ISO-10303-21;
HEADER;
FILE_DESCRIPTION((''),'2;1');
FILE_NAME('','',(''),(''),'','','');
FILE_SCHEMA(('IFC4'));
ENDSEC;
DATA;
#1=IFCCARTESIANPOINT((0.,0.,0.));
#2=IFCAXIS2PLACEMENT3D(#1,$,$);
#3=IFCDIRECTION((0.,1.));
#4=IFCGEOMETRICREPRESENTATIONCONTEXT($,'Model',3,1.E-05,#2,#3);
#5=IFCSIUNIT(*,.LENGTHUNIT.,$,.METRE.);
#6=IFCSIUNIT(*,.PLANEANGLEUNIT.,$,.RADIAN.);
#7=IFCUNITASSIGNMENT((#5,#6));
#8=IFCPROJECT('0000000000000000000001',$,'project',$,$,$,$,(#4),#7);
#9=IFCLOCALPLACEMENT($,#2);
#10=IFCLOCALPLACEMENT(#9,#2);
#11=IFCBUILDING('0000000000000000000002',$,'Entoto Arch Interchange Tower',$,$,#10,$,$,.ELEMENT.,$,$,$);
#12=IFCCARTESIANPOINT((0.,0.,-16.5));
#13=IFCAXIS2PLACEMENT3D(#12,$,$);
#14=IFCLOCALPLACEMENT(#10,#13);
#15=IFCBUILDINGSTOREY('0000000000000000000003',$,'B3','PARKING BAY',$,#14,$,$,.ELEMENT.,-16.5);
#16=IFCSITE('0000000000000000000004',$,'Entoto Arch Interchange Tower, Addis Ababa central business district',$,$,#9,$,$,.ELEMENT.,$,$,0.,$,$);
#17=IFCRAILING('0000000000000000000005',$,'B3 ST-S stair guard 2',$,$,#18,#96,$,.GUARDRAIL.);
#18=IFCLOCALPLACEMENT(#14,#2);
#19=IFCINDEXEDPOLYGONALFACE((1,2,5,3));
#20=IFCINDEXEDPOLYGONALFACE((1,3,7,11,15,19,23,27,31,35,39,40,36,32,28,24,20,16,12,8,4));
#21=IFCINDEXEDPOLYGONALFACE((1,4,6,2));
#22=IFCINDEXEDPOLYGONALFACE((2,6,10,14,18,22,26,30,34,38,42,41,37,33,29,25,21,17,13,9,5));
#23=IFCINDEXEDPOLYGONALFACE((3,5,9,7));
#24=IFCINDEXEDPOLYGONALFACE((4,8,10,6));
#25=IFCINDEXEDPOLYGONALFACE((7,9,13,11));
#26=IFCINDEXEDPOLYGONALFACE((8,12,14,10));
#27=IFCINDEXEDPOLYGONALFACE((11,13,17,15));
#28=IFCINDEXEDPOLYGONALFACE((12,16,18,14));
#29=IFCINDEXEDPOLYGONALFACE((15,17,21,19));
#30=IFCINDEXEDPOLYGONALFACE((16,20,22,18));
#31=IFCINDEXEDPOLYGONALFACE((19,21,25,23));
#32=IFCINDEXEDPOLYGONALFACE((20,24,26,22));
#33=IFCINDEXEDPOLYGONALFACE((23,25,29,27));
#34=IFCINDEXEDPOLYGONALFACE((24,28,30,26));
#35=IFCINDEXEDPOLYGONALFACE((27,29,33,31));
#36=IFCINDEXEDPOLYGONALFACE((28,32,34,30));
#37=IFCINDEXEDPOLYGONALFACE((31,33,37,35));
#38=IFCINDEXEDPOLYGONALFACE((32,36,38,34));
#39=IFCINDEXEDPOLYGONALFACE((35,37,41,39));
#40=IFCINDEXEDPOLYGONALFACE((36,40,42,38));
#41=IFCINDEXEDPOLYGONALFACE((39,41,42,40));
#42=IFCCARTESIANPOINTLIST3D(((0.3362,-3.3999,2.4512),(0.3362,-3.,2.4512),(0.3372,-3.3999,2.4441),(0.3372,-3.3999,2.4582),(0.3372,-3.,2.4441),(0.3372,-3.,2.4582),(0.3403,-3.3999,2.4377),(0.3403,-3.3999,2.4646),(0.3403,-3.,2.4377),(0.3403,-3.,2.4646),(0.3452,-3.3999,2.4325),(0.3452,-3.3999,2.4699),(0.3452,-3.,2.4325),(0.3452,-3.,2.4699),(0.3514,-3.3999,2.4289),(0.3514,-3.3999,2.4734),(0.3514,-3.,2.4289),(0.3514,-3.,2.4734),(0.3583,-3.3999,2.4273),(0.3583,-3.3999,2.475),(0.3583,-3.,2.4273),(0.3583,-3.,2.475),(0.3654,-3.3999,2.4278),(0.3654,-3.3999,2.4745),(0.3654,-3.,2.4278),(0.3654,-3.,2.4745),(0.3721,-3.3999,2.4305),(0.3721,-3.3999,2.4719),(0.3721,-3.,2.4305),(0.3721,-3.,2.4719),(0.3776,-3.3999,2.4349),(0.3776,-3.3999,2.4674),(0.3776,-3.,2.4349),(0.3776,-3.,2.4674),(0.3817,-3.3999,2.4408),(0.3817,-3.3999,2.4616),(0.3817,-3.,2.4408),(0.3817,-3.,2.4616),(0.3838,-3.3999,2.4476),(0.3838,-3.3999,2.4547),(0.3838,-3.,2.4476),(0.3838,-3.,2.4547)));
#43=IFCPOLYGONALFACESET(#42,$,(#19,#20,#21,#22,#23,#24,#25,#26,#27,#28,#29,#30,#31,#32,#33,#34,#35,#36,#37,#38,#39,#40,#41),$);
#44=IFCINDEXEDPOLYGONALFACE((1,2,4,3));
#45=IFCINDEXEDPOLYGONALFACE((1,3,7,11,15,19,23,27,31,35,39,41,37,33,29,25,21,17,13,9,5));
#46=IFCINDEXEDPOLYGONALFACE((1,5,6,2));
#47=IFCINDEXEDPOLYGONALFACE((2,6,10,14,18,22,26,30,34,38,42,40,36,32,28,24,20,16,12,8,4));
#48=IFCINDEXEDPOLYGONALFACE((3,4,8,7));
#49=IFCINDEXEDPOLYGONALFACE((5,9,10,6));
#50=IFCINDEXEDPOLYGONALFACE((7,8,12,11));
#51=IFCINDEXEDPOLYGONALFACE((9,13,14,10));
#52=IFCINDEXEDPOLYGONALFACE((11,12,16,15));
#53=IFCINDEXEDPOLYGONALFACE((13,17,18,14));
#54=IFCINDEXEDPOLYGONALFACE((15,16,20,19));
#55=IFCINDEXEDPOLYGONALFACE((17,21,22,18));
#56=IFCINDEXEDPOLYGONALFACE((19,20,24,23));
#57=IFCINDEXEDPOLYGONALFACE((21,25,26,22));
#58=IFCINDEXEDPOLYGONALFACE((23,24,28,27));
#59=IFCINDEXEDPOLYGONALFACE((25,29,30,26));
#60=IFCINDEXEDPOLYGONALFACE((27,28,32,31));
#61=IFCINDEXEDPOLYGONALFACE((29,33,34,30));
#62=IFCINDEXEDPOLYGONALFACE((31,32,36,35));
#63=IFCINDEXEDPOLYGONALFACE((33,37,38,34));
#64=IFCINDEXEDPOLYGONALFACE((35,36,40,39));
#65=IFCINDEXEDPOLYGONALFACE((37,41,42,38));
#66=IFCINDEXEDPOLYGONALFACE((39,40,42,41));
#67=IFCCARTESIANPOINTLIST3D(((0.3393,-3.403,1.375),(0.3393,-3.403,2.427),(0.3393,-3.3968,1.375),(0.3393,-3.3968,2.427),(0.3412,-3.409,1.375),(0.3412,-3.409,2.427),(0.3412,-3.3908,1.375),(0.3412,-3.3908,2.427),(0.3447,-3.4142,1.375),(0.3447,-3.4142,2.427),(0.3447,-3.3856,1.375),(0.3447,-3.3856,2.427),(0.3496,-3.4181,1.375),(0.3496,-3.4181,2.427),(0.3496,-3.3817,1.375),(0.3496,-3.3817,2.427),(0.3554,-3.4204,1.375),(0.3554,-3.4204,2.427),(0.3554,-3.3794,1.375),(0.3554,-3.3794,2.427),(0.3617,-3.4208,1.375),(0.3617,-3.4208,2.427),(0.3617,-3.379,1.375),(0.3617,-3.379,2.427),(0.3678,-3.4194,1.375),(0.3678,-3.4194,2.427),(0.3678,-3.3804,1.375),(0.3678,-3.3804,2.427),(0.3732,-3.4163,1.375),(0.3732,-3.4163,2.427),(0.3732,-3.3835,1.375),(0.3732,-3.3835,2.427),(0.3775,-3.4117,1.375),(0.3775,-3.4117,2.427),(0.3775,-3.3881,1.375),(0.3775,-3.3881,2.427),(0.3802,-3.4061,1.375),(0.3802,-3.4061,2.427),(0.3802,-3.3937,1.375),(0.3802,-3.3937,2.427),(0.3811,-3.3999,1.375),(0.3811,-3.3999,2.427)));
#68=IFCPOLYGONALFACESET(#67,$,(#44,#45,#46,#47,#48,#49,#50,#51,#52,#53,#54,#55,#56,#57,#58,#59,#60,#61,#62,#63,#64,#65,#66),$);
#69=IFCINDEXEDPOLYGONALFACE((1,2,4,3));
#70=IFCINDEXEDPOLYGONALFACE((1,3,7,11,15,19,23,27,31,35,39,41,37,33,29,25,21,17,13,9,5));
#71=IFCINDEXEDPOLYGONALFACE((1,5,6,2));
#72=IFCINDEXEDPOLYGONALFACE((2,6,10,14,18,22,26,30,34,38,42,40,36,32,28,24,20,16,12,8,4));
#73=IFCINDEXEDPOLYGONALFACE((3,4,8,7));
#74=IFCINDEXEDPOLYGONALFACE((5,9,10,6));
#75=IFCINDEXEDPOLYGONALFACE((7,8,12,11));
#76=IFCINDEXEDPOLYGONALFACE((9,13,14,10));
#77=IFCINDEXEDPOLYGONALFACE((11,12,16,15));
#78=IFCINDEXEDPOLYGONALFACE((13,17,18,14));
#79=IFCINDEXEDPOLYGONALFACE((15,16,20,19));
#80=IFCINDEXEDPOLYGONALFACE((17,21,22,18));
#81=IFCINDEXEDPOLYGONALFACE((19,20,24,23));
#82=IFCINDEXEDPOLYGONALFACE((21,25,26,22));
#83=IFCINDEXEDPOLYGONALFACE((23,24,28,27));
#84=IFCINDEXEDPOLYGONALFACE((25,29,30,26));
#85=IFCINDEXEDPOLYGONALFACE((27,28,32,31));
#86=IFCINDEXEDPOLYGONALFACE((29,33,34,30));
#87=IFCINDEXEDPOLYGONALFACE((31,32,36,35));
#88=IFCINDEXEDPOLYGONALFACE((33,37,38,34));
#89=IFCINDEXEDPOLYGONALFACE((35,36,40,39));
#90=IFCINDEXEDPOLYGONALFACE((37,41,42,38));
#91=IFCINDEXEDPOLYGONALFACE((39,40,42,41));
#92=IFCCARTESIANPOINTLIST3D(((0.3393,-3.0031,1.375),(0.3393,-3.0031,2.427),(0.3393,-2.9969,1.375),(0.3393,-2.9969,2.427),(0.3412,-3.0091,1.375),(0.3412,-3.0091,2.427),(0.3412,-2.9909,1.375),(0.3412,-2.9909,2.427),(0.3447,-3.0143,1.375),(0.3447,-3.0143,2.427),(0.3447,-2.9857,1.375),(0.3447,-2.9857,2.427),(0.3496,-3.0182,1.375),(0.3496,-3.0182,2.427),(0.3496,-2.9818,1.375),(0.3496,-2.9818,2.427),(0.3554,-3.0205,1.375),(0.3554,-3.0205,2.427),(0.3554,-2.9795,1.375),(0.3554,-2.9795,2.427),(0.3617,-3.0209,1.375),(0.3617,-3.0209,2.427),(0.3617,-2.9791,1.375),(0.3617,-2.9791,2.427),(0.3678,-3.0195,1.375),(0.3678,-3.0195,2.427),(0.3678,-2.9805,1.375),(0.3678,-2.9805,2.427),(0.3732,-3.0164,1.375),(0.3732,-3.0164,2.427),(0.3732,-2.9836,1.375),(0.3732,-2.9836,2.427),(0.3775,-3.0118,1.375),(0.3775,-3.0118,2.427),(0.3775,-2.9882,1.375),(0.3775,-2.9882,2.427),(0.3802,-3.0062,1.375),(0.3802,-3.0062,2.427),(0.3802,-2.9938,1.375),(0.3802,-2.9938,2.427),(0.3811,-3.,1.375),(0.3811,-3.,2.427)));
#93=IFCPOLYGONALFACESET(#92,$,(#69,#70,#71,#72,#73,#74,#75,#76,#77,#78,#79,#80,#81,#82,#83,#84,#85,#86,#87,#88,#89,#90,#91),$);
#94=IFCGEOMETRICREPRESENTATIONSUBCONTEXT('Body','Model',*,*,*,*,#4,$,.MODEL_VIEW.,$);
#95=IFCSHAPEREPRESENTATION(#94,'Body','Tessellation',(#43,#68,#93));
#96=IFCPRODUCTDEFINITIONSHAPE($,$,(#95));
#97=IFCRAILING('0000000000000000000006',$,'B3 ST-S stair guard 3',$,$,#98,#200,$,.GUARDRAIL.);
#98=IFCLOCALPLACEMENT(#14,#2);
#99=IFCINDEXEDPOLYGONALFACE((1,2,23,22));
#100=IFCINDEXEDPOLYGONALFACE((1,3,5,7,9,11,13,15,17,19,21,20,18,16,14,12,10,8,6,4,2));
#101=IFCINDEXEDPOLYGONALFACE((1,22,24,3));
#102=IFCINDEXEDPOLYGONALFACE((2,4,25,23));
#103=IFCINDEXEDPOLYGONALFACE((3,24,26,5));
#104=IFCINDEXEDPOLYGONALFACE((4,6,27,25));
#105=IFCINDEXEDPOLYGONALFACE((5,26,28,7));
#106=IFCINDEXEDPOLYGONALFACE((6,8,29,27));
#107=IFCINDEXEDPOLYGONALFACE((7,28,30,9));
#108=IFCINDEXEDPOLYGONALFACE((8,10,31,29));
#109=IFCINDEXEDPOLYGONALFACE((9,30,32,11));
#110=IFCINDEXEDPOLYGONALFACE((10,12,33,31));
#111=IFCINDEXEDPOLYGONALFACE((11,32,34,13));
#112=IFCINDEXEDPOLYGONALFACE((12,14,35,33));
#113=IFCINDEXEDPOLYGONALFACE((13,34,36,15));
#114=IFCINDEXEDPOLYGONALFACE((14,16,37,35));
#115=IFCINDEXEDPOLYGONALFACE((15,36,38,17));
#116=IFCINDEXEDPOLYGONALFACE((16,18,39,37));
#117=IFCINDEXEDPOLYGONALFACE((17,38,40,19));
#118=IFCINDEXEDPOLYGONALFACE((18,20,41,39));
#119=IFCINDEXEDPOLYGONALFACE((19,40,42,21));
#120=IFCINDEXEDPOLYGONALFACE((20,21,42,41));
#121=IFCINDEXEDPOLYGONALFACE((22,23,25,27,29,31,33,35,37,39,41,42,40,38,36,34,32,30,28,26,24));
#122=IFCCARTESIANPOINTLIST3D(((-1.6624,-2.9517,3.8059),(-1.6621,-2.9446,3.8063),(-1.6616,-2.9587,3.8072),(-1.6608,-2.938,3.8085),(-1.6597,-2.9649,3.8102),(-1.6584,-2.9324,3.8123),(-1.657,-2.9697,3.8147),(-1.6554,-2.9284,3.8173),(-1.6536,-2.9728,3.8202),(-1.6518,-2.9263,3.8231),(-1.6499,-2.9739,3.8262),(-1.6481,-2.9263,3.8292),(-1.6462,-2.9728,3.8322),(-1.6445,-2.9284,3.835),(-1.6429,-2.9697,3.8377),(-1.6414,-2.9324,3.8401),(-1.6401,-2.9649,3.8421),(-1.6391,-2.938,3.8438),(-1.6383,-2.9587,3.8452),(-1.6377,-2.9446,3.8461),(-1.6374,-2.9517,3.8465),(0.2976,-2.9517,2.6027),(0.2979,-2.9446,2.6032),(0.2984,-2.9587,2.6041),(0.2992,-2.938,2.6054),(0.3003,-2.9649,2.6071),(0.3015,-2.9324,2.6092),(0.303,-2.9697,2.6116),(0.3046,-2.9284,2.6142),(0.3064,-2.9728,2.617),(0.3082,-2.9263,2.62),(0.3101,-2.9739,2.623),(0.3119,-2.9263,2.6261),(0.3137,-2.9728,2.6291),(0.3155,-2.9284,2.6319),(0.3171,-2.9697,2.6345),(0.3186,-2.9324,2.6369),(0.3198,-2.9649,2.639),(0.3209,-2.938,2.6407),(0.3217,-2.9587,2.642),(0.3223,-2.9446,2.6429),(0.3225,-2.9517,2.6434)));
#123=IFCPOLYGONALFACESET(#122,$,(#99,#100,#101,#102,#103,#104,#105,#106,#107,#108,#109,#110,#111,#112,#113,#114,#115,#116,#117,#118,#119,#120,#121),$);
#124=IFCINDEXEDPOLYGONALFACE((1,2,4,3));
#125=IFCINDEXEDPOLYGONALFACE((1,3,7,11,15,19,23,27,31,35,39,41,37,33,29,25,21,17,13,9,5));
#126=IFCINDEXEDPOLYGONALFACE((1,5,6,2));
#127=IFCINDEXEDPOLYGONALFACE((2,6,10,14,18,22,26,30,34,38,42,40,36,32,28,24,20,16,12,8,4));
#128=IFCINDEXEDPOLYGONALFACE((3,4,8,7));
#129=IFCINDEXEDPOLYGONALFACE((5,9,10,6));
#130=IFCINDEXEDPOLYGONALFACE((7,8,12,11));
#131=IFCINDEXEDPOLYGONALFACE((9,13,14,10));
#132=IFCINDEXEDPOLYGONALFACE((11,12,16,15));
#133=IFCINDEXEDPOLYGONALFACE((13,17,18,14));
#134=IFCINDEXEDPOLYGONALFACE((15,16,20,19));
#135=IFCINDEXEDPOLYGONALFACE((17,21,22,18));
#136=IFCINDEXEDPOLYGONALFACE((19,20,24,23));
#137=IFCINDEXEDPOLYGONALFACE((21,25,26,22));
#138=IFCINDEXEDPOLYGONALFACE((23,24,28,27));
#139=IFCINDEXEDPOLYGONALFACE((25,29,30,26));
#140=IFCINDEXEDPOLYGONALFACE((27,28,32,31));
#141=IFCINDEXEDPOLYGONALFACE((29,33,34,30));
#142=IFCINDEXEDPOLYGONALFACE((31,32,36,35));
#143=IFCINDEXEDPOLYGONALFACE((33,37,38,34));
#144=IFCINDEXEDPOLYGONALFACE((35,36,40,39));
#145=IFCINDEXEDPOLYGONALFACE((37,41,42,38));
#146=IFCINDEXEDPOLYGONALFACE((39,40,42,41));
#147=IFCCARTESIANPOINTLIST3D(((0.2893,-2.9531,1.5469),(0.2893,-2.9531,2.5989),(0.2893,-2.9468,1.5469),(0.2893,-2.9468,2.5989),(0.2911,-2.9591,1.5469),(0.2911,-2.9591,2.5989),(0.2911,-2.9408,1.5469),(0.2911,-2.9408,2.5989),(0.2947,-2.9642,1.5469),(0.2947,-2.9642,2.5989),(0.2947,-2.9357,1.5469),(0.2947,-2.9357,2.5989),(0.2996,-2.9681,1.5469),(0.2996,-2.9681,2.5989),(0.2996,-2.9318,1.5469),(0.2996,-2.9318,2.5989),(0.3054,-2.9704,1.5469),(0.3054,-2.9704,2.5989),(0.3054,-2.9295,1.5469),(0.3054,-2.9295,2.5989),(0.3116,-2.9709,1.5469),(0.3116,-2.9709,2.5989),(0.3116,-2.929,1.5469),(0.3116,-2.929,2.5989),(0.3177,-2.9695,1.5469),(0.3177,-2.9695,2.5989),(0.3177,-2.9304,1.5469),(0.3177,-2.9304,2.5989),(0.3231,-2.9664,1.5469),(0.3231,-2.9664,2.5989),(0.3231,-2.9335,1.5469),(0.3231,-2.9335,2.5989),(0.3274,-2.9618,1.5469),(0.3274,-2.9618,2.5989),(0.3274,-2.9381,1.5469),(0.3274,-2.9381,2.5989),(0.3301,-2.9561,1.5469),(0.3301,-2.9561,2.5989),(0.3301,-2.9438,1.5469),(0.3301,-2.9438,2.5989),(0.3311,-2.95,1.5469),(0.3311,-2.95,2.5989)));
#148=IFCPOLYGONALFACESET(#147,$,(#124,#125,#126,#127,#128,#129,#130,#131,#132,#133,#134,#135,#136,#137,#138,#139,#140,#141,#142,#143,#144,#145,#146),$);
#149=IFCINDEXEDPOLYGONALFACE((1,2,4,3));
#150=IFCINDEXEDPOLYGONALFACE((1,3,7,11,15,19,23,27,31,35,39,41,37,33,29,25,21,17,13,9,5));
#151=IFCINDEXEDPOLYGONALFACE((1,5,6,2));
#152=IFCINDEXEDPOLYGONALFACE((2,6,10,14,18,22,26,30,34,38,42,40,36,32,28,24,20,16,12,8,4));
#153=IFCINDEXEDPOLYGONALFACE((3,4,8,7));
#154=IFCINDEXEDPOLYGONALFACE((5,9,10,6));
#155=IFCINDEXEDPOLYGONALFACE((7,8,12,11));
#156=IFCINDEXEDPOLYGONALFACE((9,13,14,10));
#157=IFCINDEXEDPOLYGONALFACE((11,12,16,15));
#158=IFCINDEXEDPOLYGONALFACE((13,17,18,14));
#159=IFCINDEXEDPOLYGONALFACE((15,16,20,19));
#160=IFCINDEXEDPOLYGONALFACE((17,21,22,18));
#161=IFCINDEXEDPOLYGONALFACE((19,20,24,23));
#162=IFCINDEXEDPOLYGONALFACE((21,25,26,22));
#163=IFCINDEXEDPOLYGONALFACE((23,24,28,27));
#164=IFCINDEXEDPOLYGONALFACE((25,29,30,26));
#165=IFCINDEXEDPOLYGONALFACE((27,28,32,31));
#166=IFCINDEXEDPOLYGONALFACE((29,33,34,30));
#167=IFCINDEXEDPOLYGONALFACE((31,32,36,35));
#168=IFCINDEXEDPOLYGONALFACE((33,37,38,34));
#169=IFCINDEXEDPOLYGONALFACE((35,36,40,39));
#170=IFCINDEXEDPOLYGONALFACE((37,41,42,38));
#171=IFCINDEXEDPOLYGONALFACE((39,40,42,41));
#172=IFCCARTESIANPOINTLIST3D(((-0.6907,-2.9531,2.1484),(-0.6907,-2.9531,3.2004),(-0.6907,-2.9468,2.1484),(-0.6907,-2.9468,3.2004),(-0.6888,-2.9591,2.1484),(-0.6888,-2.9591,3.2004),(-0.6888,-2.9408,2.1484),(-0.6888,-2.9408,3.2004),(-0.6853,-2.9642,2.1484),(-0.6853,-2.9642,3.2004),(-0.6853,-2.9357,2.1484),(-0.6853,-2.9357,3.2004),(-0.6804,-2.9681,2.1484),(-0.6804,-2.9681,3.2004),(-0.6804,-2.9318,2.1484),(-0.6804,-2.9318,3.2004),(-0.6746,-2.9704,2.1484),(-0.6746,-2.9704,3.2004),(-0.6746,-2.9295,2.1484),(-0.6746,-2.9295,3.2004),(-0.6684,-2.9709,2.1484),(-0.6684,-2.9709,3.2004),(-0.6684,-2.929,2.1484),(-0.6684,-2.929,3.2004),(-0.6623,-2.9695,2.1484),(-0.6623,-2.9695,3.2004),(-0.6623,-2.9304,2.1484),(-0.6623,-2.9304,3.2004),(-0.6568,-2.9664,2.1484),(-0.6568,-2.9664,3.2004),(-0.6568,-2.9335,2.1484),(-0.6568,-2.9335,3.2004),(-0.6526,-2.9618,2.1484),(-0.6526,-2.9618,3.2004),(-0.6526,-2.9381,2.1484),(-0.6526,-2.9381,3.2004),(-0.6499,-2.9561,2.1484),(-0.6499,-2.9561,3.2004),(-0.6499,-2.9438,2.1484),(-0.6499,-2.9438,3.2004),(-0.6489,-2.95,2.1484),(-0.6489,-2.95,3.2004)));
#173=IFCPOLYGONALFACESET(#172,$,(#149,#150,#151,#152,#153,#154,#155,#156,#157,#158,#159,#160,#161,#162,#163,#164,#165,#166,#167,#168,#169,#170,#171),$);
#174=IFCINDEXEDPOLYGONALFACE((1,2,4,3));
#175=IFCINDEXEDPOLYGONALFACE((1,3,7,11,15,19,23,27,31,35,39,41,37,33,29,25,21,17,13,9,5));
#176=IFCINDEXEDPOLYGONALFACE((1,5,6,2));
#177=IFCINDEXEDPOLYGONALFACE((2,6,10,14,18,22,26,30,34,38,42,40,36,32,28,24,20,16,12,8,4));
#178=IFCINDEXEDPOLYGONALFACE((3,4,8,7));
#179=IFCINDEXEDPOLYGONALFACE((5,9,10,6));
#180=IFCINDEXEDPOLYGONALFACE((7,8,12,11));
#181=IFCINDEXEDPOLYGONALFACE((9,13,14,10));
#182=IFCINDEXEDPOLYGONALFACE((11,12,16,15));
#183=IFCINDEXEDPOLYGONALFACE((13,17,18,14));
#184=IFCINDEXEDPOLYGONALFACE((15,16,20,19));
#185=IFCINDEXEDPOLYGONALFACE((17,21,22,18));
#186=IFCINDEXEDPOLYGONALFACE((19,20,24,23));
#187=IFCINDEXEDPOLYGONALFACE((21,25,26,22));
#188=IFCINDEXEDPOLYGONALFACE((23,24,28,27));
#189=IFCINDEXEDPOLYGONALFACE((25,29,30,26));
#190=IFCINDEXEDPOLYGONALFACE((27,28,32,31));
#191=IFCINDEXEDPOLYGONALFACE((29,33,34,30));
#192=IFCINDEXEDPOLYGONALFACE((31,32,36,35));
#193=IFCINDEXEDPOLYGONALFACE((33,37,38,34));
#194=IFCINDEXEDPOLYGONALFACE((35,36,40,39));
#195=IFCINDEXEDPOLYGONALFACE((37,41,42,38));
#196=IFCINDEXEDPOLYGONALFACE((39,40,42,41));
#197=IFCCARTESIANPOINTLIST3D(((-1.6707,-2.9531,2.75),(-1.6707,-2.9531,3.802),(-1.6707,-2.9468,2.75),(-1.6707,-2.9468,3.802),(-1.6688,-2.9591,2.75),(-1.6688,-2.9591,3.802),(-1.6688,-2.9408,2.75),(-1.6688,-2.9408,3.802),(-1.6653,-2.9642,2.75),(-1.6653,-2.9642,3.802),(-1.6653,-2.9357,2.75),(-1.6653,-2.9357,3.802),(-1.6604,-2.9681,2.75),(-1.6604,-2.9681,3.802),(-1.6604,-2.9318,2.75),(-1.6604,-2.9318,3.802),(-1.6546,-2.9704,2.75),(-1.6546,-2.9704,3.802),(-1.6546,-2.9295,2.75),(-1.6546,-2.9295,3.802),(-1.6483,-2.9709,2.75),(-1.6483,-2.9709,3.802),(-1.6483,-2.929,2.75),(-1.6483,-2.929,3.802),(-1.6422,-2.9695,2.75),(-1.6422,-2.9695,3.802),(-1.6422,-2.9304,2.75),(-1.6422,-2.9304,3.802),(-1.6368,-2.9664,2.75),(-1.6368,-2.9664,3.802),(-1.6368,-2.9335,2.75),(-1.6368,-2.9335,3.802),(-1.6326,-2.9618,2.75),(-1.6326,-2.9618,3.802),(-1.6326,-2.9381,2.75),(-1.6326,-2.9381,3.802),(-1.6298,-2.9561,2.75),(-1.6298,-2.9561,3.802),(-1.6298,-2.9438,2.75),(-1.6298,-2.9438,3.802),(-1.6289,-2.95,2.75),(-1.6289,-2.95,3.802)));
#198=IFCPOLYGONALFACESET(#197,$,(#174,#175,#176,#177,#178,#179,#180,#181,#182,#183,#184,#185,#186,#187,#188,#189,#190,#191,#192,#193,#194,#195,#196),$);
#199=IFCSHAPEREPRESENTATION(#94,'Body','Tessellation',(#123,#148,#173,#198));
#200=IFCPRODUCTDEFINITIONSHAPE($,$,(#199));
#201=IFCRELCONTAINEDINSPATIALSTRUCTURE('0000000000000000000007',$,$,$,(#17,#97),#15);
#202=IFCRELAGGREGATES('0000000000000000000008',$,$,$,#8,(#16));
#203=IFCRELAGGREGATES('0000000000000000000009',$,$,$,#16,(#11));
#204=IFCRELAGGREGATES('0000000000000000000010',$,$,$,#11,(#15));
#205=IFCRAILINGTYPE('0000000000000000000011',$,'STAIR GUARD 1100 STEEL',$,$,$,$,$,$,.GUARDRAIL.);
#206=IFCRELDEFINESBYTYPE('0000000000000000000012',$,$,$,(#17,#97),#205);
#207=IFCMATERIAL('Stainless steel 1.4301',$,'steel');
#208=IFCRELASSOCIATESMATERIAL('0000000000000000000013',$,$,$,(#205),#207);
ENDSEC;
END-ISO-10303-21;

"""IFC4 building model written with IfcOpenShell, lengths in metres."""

from ifc_helpers import new_model, si_unit, direction, frame, origin, origin_2d, place, context, subcontext, project, spatial, circle, extrude, material, type_object, element, save


model = new_model("IFC4")

# Units and contexts
model_context = context("Model", 3, precision=1e-05, world=origin(), true_north=direction((0.0, 1.0)))
body_context = subcontext(model_context, "Body", "Model", "MODEL_VIEW")
ifc_project = project(units=[si_unit("LENGTHUNIT", "METRE"), si_unit("PLANEANGLEUNIT", "RADIAN")], contexts=[model_context])

# Site, building, storey
site_placement = place(None, origin())
site = spatial("IfcSite", under=ifc_project, at=site_placement, Name="Entoto Arch Interchange Tower, Addis Ababa central business district", CompositionType="ELEMENT", RefElevation=0.0)
building_placement = place(site_placement, origin())
building = spatial("IfcBuilding", under=site, at=building_placement, Name="Entoto Arch Interchange Tower", CompositionType="ELEMENT")
storey_placement = place(building_placement, frame((0.0, 0.0, -16.5)))
storey = spatial("IfcBuildingStorey", under=building, at=storey_placement, Name="B3", Description="PARKING BAY", CompositionType="ELEMENT", Elevation=-16.5)

# Railings
ifc_material_1 = material(Name="Stainless steel 1.4301", Category="steel")
railing_type_1 = type_object("IfcRailingType", Name="STAIR GUARD 1100 STEEL", PredefinedType="GUARDRAIL", material=ifc_material_1)
railing_1_placement = place(storey_placement, frame((0.3601, -3.3999, 1.375)))
element("IfcRailing", 1, at=railing_1_placement, inside=storey, type_object=railing_type_1, Name="B3 ST-S stair guard 2", PredefinedType="GUARDRAIL", context=body_context, shape_type="SweptSolid", body=[
    extrude(circle(Radius=0.0239, at=origin_2d()), frame((0.0, 0.0, 1.0762), z_axis=(0.0, 1.0, 0.0), x_axis=(-1.0, 0.0, 0.0)), (0.0, 0.0, 1.0), 0.3999),
    extrude(circle(Radius=0.021, at=origin_2d()), origin(), (0.0, 0.0, 1.0), 1.052),
    extrude(circle(Radius=0.021, at=origin_2d()), frame((0.0, 0.3999, 0.0)), (0.0, 0.0, 1.0), 1.052),
])
railing_2_placement = place(storey_placement, frame((0.3101, -2.95, 1.5469)))
element("IfcRailing", 2, at=railing_2_placement, inside=storey, type_object=railing_type_1, Name="B3 ST-S stair guard 3", PredefinedType="GUARDRAIL", context=body_context, shape_type="SweptSolid", body=[
    extrude(circle(Radius=0.0239, at=origin_2d()), frame((0.0, 0.0, 1.0762), z_axis=(-0.852241, 0.0, 0.523149), x_axis=(0.0, -1.0, 0.0)), (0.0, 0.0, 1.0), 2.2998),
    extrude(circle(Radius=0.021, at=origin_2d()), origin(), (0.0, 0.0, 1.0), 1.052),
    extrude(circle(Radius=0.021, at=origin_2d()), frame((-0.98, 0.0, 0.6016)), (0.0, 0.0, 1.0), 1.052),
    extrude(circle(Radius=0.021, at=origin_2d()), frame((-1.96, 0.0, 1.2031)), (0.0, 0.0, 1.0), 1.052),
])

save(model, "model.ifc")
